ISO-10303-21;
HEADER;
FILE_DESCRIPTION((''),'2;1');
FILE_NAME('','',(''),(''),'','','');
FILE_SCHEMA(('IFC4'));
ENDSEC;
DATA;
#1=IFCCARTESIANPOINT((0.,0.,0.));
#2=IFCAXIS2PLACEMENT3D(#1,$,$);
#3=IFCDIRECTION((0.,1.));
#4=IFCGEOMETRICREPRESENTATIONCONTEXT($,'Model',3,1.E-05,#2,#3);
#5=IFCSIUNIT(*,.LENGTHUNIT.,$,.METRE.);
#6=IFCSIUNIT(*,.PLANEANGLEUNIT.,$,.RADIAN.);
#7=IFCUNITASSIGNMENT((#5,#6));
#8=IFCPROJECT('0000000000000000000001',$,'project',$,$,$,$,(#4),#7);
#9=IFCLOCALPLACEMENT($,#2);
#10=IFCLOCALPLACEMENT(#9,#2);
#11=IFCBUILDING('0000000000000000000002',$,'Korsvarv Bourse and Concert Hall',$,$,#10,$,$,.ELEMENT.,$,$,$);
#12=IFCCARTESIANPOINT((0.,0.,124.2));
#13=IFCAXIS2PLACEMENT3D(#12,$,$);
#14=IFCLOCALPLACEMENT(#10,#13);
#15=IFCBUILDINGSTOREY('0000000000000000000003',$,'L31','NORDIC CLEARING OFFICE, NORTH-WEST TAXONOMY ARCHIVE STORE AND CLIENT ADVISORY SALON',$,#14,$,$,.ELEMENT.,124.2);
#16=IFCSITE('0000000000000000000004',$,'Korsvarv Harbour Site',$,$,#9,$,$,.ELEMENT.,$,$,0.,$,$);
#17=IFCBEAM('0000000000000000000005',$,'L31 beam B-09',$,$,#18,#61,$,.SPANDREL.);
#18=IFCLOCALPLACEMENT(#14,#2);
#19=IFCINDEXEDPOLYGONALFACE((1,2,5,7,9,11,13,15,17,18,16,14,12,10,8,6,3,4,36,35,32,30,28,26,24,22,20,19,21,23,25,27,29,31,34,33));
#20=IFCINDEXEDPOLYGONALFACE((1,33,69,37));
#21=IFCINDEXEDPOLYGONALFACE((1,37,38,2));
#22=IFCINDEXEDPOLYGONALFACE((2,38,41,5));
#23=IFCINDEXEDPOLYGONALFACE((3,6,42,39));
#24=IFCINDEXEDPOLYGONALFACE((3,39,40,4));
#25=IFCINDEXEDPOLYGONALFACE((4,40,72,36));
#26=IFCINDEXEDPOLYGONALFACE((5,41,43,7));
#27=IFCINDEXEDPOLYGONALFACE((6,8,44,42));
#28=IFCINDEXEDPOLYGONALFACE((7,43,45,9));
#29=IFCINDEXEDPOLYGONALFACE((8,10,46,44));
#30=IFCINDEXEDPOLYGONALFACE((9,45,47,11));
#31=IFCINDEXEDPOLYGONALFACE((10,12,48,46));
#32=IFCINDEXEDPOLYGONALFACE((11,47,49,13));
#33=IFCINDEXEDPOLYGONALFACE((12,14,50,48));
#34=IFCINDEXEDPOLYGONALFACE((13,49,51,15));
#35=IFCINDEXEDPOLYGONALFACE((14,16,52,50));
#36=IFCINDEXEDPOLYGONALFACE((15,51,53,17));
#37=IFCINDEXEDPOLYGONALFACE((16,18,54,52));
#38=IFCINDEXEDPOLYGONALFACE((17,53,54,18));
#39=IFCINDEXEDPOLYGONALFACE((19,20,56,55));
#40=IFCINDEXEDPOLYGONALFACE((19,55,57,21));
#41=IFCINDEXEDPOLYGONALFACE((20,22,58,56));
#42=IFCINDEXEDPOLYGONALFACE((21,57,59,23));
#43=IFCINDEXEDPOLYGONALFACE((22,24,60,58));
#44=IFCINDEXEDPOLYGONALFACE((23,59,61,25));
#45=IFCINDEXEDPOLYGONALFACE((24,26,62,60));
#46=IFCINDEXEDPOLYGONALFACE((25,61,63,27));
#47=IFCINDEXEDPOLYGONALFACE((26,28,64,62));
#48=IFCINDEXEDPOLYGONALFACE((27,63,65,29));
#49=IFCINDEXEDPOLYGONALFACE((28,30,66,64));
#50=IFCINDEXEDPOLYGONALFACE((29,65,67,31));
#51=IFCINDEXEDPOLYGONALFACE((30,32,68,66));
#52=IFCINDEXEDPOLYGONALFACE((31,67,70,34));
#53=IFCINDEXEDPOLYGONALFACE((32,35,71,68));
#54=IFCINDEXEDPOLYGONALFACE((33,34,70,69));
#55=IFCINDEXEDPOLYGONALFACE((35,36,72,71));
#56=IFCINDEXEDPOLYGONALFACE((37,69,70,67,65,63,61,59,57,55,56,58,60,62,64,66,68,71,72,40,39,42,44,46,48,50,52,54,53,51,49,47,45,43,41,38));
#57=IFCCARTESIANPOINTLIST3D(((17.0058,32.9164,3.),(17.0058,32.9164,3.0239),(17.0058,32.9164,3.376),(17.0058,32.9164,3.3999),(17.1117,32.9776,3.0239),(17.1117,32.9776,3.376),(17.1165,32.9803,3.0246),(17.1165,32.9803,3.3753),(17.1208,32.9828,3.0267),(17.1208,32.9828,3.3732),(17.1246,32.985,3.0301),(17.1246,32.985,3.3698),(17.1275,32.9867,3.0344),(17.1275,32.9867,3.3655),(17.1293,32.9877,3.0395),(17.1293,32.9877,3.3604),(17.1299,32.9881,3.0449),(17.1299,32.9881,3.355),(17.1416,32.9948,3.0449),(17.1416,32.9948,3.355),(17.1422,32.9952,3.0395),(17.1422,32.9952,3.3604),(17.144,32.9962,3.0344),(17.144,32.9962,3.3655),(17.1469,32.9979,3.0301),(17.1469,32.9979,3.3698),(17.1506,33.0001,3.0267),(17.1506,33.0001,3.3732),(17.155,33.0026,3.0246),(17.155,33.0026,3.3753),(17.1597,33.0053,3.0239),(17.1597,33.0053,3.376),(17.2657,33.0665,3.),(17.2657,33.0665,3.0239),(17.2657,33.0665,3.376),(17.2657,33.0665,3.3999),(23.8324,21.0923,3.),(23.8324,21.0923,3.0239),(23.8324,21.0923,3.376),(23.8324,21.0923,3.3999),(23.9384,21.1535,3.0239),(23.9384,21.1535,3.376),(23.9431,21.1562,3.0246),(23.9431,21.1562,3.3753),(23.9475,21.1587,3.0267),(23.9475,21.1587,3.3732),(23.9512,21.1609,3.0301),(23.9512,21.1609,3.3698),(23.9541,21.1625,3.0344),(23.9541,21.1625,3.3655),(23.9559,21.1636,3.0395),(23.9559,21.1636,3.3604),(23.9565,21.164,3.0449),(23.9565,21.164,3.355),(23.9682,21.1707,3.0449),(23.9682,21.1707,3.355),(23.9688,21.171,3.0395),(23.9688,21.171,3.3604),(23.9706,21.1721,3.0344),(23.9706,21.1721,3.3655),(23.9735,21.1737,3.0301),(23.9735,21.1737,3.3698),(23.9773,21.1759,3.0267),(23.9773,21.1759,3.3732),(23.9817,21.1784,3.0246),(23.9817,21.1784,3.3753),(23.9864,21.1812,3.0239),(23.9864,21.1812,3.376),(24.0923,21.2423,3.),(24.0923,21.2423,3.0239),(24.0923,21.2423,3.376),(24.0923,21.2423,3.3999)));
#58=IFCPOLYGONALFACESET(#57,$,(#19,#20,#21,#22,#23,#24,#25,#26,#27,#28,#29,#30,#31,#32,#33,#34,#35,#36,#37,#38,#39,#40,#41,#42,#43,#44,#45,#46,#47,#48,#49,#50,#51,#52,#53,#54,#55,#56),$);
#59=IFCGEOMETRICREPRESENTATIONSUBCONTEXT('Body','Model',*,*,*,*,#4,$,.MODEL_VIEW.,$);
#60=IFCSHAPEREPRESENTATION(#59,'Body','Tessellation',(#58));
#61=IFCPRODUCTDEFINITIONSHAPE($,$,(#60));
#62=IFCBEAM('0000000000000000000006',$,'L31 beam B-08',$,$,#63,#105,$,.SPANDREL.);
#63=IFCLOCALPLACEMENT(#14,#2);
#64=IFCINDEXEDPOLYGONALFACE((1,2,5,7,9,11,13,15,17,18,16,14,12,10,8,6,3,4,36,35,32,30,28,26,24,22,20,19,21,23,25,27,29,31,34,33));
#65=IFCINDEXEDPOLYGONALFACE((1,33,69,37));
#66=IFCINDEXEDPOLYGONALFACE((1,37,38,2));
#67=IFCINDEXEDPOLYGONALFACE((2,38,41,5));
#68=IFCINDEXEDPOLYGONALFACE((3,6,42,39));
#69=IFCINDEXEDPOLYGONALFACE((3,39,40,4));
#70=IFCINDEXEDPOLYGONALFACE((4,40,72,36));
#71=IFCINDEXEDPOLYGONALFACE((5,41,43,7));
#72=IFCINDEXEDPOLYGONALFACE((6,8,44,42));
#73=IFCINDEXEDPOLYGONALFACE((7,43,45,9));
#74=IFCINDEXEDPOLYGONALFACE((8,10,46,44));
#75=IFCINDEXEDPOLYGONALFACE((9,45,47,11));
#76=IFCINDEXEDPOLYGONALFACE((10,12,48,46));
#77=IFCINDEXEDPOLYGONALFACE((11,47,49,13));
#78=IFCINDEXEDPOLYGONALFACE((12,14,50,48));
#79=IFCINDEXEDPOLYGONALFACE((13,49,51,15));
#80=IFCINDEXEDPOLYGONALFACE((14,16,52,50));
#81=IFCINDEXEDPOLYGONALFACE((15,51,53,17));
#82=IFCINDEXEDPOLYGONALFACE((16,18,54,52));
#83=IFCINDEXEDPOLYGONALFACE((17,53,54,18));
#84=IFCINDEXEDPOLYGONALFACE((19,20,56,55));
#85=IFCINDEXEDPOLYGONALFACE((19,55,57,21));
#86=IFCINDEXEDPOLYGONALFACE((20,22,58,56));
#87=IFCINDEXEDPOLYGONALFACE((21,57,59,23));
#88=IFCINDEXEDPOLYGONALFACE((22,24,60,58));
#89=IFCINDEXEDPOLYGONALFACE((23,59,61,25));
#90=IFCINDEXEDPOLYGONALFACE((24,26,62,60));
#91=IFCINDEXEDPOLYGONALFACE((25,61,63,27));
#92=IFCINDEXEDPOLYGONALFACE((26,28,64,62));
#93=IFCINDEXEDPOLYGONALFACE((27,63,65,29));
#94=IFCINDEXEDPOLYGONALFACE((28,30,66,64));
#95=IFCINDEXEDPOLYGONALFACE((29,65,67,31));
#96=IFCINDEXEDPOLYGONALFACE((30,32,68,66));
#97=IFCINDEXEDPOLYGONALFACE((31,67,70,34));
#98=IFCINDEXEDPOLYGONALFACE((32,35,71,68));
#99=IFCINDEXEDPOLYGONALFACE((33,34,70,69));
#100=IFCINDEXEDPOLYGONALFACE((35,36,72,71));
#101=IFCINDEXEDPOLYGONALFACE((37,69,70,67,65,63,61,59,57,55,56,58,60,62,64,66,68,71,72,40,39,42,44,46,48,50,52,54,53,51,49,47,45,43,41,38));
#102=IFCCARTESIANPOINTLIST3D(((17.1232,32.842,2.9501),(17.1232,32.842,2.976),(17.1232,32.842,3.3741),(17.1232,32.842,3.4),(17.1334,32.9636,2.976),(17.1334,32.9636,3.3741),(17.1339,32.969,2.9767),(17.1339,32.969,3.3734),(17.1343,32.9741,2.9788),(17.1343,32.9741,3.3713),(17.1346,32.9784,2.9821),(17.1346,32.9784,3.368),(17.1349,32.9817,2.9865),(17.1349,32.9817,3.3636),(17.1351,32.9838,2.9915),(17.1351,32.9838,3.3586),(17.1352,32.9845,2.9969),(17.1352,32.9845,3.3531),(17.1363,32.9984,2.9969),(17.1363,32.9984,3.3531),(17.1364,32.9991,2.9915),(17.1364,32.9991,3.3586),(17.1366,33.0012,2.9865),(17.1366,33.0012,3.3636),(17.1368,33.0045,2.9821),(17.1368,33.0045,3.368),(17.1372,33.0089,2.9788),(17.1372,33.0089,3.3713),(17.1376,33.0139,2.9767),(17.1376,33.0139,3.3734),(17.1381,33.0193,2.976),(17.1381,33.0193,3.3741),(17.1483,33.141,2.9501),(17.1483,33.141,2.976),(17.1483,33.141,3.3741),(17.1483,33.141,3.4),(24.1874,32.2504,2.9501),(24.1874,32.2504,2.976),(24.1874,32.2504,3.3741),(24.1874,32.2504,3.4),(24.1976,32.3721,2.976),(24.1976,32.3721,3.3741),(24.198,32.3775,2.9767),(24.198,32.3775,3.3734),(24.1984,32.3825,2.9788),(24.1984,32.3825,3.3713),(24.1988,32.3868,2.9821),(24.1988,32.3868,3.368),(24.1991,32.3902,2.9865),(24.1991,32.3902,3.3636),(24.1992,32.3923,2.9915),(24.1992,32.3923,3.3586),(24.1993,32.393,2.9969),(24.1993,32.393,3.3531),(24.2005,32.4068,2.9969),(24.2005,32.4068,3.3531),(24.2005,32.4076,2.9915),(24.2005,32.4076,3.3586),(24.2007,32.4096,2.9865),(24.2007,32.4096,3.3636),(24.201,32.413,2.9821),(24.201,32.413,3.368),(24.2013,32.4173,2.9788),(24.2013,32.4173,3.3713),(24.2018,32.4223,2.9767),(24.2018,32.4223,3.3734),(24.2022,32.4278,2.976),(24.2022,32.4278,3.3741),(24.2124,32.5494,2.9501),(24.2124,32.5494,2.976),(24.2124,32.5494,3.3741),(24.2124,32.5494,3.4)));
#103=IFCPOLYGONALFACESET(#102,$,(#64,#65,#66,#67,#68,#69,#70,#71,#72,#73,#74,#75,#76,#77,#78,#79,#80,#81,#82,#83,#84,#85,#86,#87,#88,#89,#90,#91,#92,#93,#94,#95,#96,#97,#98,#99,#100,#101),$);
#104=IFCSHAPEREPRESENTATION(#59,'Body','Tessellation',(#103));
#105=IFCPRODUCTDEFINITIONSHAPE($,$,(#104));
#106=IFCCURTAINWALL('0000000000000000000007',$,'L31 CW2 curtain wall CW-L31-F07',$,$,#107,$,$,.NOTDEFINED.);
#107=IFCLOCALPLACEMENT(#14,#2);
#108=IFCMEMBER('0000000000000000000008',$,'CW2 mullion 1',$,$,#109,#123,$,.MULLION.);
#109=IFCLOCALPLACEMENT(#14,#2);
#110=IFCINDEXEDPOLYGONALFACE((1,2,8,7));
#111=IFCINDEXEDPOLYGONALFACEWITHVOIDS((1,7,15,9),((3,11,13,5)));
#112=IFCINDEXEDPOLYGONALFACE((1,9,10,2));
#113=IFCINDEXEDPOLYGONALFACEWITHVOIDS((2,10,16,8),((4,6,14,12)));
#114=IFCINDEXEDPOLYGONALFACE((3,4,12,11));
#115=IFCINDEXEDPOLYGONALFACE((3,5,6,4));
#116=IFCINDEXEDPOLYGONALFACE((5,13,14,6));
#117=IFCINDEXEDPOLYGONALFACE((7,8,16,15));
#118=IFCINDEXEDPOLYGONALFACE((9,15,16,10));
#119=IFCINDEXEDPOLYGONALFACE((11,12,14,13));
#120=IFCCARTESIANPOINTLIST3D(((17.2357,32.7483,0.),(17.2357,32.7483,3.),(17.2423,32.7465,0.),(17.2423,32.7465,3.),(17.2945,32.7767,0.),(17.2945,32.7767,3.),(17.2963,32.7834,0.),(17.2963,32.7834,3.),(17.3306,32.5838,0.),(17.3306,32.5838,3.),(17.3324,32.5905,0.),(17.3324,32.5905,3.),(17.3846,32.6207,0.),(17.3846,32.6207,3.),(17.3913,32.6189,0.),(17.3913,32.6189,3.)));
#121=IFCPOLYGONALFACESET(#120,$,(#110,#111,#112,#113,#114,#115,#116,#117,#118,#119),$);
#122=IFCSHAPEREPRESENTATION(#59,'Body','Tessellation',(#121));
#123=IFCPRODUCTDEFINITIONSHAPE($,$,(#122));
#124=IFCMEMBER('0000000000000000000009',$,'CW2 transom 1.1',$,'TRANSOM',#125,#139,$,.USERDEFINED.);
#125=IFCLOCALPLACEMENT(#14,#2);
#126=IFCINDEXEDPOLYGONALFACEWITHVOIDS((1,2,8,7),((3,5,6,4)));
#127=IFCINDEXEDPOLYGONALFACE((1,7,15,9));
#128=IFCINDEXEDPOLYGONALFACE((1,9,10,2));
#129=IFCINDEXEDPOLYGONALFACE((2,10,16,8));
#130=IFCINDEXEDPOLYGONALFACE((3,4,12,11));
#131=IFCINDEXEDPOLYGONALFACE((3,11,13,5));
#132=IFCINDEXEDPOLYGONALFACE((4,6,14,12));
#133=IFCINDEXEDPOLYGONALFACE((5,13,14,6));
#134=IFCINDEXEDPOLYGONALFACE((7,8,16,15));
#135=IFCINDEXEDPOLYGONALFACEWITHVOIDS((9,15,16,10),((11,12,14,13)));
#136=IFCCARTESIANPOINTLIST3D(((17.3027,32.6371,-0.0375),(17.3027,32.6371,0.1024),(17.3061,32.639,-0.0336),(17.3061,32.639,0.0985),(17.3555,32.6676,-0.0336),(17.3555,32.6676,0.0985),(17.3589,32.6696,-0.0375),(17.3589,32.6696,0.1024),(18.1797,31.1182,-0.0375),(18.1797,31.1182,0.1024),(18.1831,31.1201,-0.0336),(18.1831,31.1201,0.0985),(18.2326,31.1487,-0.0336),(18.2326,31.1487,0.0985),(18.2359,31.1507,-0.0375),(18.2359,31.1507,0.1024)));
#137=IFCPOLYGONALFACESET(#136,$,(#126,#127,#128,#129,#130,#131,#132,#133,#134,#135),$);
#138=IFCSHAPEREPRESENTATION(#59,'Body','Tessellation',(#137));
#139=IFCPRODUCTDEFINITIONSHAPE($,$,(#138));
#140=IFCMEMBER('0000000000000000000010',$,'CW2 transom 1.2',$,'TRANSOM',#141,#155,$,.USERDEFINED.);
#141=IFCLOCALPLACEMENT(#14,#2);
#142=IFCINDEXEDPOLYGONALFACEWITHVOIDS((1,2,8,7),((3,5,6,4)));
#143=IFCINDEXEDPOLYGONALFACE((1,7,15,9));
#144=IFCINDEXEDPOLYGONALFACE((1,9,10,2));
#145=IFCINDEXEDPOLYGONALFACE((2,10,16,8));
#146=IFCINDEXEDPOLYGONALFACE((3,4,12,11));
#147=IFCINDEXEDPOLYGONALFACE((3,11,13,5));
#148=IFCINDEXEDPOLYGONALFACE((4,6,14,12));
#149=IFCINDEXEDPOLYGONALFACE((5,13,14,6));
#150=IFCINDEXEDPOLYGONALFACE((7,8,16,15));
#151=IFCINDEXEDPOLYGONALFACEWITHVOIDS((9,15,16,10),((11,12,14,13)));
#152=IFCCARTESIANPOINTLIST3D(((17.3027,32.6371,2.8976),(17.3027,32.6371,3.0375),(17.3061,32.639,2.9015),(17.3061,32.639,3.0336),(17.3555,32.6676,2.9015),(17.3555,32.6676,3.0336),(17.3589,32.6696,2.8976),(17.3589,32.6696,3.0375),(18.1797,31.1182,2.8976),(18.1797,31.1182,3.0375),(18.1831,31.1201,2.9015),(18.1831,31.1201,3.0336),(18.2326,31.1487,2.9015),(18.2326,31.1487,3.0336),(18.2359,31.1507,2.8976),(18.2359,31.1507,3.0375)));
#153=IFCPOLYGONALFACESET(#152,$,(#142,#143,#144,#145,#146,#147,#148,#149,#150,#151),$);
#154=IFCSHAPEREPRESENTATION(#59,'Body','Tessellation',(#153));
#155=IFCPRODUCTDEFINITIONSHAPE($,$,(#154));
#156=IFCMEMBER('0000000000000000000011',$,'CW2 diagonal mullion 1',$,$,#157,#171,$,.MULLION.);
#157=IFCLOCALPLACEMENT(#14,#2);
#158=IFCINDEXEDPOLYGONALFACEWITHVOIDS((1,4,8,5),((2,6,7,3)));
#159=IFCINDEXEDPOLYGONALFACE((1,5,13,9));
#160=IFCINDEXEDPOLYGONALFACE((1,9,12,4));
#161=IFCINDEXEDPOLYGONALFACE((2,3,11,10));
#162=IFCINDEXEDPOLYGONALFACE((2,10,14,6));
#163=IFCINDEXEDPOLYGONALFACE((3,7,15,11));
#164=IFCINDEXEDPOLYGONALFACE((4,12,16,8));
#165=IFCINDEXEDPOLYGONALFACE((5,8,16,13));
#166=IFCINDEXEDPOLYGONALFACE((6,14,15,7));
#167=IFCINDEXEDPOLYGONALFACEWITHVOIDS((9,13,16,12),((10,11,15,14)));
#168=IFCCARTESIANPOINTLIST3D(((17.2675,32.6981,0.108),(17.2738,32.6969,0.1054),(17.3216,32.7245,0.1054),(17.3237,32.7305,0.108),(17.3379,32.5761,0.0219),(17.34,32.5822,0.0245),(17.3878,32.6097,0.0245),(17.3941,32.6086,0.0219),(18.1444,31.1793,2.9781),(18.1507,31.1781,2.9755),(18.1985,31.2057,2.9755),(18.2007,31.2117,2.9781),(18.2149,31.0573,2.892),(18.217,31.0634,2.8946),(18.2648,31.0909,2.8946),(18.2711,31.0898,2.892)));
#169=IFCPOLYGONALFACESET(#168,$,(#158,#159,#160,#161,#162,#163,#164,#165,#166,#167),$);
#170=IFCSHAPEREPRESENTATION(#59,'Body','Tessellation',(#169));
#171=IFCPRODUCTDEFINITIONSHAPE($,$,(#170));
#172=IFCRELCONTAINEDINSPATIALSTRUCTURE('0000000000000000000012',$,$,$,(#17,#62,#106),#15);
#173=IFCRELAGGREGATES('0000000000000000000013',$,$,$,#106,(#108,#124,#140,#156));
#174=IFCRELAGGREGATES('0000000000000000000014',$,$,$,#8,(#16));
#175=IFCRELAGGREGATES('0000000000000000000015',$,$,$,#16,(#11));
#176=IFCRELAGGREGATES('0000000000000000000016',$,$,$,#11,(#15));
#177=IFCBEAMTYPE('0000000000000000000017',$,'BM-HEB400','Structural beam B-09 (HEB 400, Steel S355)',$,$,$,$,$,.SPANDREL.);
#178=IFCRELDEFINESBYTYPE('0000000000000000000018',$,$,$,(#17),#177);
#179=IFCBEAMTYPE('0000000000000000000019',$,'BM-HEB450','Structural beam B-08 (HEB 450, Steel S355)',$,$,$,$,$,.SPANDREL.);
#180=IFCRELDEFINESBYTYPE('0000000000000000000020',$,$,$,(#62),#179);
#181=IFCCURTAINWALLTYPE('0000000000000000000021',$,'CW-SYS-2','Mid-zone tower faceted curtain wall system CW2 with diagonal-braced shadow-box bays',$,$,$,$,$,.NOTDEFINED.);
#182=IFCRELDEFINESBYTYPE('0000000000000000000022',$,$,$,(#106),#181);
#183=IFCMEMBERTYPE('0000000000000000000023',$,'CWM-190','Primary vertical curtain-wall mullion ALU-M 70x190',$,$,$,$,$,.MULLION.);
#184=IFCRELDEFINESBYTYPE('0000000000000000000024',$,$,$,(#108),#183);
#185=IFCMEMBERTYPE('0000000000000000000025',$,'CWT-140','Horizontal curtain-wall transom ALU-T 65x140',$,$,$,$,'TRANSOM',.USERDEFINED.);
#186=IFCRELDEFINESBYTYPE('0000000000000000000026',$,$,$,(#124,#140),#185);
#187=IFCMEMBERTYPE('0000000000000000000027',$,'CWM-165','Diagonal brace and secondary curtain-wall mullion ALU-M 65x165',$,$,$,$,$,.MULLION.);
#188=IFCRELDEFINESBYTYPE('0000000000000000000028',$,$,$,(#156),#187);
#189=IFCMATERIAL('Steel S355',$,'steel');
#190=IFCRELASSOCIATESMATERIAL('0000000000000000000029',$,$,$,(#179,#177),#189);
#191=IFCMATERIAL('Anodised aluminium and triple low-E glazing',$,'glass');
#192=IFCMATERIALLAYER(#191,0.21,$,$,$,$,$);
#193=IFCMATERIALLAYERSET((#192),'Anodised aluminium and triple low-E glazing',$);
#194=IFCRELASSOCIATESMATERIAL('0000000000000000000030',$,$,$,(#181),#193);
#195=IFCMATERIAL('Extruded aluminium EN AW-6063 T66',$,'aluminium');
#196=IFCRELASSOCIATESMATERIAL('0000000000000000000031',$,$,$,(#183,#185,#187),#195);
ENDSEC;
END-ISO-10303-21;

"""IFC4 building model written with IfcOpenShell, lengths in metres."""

from ifc_helpers import new_model, si_unit, direction, frame, origin, origin_2d, place, context, subcontext, project, spatial, hollow_rectangle, i_section, extrude, source, transform, mapped, material, layer, layer_set, material_profile, profile_set, type_object, element, aggregate, save


model = new_model("IFC4")

# Units and contexts
model_context = context("Model", 3, precision=1e-05, world=origin(), true_north=direction((0.0, 1.0)))
body_context = subcontext(model_context, "Body", "Model", "MODEL_VIEW")
ifc_project = project(units=[si_unit("LENGTHUNIT", "METRE"), si_unit("PLANEANGLEUNIT", "RADIAN")], contexts=[model_context])

# Site, building, storey
site_placement = place(None, origin())
site = spatial("IfcSite", under=ifc_project, at=site_placement, Name="Korsvarv Harbour Site", CompositionType="ELEMENT", RefElevation=0.0)
building_placement = place(site_placement, origin())
building = spatial("IfcBuilding", under=site, at=building_placement, Name="Korsvarv Bourse and Concert Hall", CompositionType="ELEMENT")
storey_placement = place(building_placement, frame((0.0, 0.0, 124.2)))
storey = spatial("IfcBuildingStorey", under=building, at=storey_placement, Name="L31", Description="NORDIC CLEARING OFFICE, NORTH-WEST TAXONOMY ARCHIVE STORE AND CLIENT ADVISORY SALON", CompositionType="ELEMENT", Elevation=124.2)

# Beams
ifc_material_1 = material(Name="Steel S355", Category="steel")
ifc_material_profile_1 = material_profile(ifc_material_1, i_section(OverallWidth=0.3, OverallDepth=0.45, WebThickness=0.0139, FlangeThickness=0.0259, FilletRadius=0.021, at=origin_2d()), Name="HEB 450")
ifc_profile_set_1 = profile_set([ifc_material_profile_1], Name="Steel S355")
beam_type_1 = type_object("IfcBeamType", Name="BM-HEB450", Description="Structural beam B-08 (HEB 450, Steel S355)", PredefinedType="SPANDREL", material=ifc_profile_set_1)
ifc_material_profile_2 = material_profile(ifc_material_1, i_section(OverallWidth=0.3, OverallDepth=0.3999, WebThickness=0.0134, FlangeThickness=0.0239, FilletRadius=0.021, at=origin_2d()), Name="HEB 400")
ifc_profile_set_2 = profile_set([ifc_material_profile_2], Name="Steel S355")
beam_type_2 = type_object("IfcBeamType", Name="BM-HEB400", Description="Structural beam B-09 (HEB 400, Steel S355)", PredefinedType="SPANDREL", material=ifc_profile_set_2)
shared_shape_1 = source(origin(), body_context, "Body", "SweptSolid", [
    extrude(i_section(OverallWidth=0.3, OverallDepth=0.3999, WebThickness=0.0134, FlangeThickness=0.0239, FilletRadius=0.021, at=origin_2d()), origin(), (0.0, 0.0, 1.0), 13.6533),
])
beam_1_placement = place(storey_placement, frame((17.1357, 32.9915, 3.2), z_axis=(0.499997, -0.866027, 0.0), x_axis=(0.866027, 0.499997, 0.0)))
element("IfcBeam", 1, at=beam_1_placement, inside=storey, type_object=beam_type_2, Name="L31 beam B-09", PredefinedType="SPANDREL", context=body_context, shape_type="MappedRepresentation", body=[
    mapped(shared_shape_1, transform((0.0, 0.0, 0.0), scale=1.0)),
])
shared_shape_2 = source(origin(), body_context, "Body", "SweptSolid", [
    extrude(i_section(OverallWidth=0.3, OverallDepth=0.45, WebThickness=0.0139, FlangeThickness=0.0259, FilletRadius=0.021, at=origin_2d()), origin(), (0.0, 0.0, 1.0), 7.0889),
])
beam_2_placement = place(storey_placement, frame((17.1357, 32.9915, 3.175), z_axis=(0.996512, -0.083447, 0.0), x_axis=(0.083447, 0.996512, 0.0)))
element("IfcBeam", 2, at=beam_2_placement, inside=storey, type_object=beam_type_1, Name="L31 beam B-08", PredefinedType="SPANDREL", context=body_context, shape_type="MappedRepresentation", body=[
    mapped(shared_shape_2, transform((0.0, 0.0, 0.0), scale=1.0)),
])

# Curtain wall, members
ifc_material_2 = material(Name="Anodised aluminium and triple low-E glazing", Category="glass")
ifc_layer_1 = layer(ifc_material_2, 0.21)
ifc_layer_set_1 = layer_set([ifc_layer_1], Name="Anodised aluminium and triple low-E glazing")
curtain_wall_type = type_object("IfcCurtainWallType", Name="CW-SYS-2", Description="Mid-zone tower faceted curtain wall system CW2 with diagonal-braced shadow-box bays", PredefinedType="NOTDEFINED", material=ifc_layer_set_1)
curtain_wall_placement = place(storey_placement, origin())
curtain_wall = element("IfcCurtainWall", 3, at=curtain_wall_placement, inside=storey, type_object=curtain_wall_type, Name="L31 CW2 curtain wall CW-L31-F07", PredefinedType="NOTDEFINED")
ifc_material_3 = material(Name="Extruded aluminium EN AW-6063 T66", Category="aluminium")
ifc_material_profile_3 = material_profile(ifc_material_3, hollow_rectangle(XDim=0.0701, YDim=0.1899, WallThickness=0.0049, at=origin_2d()), Name="ALU-M 70x190")
ifc_profile_set_3 = profile_set([ifc_material_profile_3], Name="Extruded aluminium EN AW-6063 T66")
member_type_1 = type_object("IfcMemberType", Name="CWM-190", Description="Primary vertical curtain-wall mullion ALU-M 70x190", PredefinedType="MULLION", material=ifc_profile_set_3)
shared_shape_3 = source(origin(), body_context, "Body", "SweptSolid", [
    extrude(hollow_rectangle(XDim=0.0701, YDim=0.1899, WallThickness=0.0049, at=origin_2d()), origin(), (0.0, 0.0, 1.0), 3.0),
])
member_1_placement = place(storey_placement, frame((17.3135, 32.6836, 0.0), z_axis=(0.0, 0.0, 1.0), x_axis=(0.866021, 0.500007, 0.0)))
member_1 = element("IfcMember", 4, at=member_1_placement, type_object=member_type_1, Name="CW2 mullion 1", PredefinedType="MULLION", context=body_context, shape_type="MappedRepresentation", body=[
    mapped(shared_shape_3, transform((0.0, 0.0, 0.0), scale=1.0)),
])
ifc_material_profile_4 = material_profile(ifc_material_3, hollow_rectangle(XDim=0.0649, YDim=0.1399, WallThickness=0.0039, at=origin_2d()), Name="ALU-T 65x140")
ifc_profile_set_4 = profile_set([ifc_material_profile_4], Name="Extruded aluminium EN AW-6063 T66")
member_type_2 = type_object("IfcMemberType", Name="CWT-140", Description="Horizontal curtain-wall transom ALU-T 65x140", ElementType="TRANSOM", PredefinedType="USERDEFINED", material=ifc_profile_set_4)
shared_shape_4 = source(origin(), body_context, "Body", "SweptSolid", [
    extrude(hollow_rectangle(XDim=0.0649, YDim=0.1399, WallThickness=0.0039, at=origin_2d()), origin(), (0.0, 0.0, 1.0), 1.7539),
])
member_2_placement = place(storey_placement, frame((17.3308, 32.6533, 0.0325), z_axis=(0.500032, -0.866007, 0.0), x_axis=(0.866007, 0.500032, 0.0)))
member_2 = element("IfcMember", 5, at=member_2_placement, type_object=member_type_2, Name="CW2 transom 1.1", ObjectType="TRANSOM", PredefinedType="USERDEFINED", context=body_context, shape_type="MappedRepresentation", body=[
    mapped(shared_shape_4, transform((0.0, 0.0, 0.0), scale=1.0)),
])
member_3_placement = place(storey_placement, frame((17.3308, 32.6533, 2.9675), z_axis=(0.500032, -0.866007, 0.0), x_axis=(0.866007, 0.500032, 0.0)))
member_3 = element("IfcMember", 6, at=member_3_placement, type_object=member_type_2, Name="CW2 transom 1.2", ObjectType="TRANSOM", PredefinedType="USERDEFINED", context=body_context, shape_type="MappedRepresentation", body=[
    mapped(shared_shape_4, transform((0.0, 0.0, 0.0), scale=1.0)),
])
ifc_material_profile_5 = material_profile(ifc_material_3, hollow_rectangle(XDim=0.0649, YDim=0.165, WallThickness=0.0049, at=origin_2d()), Name="ALU-M 65x165")
ifc_profile_set_5 = profile_set([ifc_material_profile_5], Name="Extruded aluminium EN AW-6063 T66")
member_type_3 = type_object("IfcMemberType", Name="CWM-165", Description="Diagonal brace and secondary curtain-wall mullion ALU-M 65x165", PredefinedType="MULLION", material=ifc_profile_set_5)
shared_shape_5 = source(origin(), body_context, "Body", "SweptSolid", [
    extrude(hollow_rectangle(XDim=0.0649, YDim=0.165, WallThickness=0.0049, at=origin_2d()), origin(), (0.0, 0.0, 1.0), 3.3635),
])
member_4_placement = place(storey_placement, frame((17.3308, 32.6533, 0.0649), z_axis=(0.260724, -0.451548, 0.853304), x_axis=(0.866007, 0.500032, 0.0)))
member_4 = element("IfcMember", 7, at=member_4_placement, type_object=member_type_3, Name="CW2 diagonal mullion 1", PredefinedType="MULLION", context=body_context, shape_type="MappedRepresentation", body=[
    mapped(shared_shape_5, transform((0.0, 0.0, 0.0), scale=1.0)),
])
aggregate(curtain_wall, [member_1, member_2, member_3, member_4])

save(model, "model.ifc")
